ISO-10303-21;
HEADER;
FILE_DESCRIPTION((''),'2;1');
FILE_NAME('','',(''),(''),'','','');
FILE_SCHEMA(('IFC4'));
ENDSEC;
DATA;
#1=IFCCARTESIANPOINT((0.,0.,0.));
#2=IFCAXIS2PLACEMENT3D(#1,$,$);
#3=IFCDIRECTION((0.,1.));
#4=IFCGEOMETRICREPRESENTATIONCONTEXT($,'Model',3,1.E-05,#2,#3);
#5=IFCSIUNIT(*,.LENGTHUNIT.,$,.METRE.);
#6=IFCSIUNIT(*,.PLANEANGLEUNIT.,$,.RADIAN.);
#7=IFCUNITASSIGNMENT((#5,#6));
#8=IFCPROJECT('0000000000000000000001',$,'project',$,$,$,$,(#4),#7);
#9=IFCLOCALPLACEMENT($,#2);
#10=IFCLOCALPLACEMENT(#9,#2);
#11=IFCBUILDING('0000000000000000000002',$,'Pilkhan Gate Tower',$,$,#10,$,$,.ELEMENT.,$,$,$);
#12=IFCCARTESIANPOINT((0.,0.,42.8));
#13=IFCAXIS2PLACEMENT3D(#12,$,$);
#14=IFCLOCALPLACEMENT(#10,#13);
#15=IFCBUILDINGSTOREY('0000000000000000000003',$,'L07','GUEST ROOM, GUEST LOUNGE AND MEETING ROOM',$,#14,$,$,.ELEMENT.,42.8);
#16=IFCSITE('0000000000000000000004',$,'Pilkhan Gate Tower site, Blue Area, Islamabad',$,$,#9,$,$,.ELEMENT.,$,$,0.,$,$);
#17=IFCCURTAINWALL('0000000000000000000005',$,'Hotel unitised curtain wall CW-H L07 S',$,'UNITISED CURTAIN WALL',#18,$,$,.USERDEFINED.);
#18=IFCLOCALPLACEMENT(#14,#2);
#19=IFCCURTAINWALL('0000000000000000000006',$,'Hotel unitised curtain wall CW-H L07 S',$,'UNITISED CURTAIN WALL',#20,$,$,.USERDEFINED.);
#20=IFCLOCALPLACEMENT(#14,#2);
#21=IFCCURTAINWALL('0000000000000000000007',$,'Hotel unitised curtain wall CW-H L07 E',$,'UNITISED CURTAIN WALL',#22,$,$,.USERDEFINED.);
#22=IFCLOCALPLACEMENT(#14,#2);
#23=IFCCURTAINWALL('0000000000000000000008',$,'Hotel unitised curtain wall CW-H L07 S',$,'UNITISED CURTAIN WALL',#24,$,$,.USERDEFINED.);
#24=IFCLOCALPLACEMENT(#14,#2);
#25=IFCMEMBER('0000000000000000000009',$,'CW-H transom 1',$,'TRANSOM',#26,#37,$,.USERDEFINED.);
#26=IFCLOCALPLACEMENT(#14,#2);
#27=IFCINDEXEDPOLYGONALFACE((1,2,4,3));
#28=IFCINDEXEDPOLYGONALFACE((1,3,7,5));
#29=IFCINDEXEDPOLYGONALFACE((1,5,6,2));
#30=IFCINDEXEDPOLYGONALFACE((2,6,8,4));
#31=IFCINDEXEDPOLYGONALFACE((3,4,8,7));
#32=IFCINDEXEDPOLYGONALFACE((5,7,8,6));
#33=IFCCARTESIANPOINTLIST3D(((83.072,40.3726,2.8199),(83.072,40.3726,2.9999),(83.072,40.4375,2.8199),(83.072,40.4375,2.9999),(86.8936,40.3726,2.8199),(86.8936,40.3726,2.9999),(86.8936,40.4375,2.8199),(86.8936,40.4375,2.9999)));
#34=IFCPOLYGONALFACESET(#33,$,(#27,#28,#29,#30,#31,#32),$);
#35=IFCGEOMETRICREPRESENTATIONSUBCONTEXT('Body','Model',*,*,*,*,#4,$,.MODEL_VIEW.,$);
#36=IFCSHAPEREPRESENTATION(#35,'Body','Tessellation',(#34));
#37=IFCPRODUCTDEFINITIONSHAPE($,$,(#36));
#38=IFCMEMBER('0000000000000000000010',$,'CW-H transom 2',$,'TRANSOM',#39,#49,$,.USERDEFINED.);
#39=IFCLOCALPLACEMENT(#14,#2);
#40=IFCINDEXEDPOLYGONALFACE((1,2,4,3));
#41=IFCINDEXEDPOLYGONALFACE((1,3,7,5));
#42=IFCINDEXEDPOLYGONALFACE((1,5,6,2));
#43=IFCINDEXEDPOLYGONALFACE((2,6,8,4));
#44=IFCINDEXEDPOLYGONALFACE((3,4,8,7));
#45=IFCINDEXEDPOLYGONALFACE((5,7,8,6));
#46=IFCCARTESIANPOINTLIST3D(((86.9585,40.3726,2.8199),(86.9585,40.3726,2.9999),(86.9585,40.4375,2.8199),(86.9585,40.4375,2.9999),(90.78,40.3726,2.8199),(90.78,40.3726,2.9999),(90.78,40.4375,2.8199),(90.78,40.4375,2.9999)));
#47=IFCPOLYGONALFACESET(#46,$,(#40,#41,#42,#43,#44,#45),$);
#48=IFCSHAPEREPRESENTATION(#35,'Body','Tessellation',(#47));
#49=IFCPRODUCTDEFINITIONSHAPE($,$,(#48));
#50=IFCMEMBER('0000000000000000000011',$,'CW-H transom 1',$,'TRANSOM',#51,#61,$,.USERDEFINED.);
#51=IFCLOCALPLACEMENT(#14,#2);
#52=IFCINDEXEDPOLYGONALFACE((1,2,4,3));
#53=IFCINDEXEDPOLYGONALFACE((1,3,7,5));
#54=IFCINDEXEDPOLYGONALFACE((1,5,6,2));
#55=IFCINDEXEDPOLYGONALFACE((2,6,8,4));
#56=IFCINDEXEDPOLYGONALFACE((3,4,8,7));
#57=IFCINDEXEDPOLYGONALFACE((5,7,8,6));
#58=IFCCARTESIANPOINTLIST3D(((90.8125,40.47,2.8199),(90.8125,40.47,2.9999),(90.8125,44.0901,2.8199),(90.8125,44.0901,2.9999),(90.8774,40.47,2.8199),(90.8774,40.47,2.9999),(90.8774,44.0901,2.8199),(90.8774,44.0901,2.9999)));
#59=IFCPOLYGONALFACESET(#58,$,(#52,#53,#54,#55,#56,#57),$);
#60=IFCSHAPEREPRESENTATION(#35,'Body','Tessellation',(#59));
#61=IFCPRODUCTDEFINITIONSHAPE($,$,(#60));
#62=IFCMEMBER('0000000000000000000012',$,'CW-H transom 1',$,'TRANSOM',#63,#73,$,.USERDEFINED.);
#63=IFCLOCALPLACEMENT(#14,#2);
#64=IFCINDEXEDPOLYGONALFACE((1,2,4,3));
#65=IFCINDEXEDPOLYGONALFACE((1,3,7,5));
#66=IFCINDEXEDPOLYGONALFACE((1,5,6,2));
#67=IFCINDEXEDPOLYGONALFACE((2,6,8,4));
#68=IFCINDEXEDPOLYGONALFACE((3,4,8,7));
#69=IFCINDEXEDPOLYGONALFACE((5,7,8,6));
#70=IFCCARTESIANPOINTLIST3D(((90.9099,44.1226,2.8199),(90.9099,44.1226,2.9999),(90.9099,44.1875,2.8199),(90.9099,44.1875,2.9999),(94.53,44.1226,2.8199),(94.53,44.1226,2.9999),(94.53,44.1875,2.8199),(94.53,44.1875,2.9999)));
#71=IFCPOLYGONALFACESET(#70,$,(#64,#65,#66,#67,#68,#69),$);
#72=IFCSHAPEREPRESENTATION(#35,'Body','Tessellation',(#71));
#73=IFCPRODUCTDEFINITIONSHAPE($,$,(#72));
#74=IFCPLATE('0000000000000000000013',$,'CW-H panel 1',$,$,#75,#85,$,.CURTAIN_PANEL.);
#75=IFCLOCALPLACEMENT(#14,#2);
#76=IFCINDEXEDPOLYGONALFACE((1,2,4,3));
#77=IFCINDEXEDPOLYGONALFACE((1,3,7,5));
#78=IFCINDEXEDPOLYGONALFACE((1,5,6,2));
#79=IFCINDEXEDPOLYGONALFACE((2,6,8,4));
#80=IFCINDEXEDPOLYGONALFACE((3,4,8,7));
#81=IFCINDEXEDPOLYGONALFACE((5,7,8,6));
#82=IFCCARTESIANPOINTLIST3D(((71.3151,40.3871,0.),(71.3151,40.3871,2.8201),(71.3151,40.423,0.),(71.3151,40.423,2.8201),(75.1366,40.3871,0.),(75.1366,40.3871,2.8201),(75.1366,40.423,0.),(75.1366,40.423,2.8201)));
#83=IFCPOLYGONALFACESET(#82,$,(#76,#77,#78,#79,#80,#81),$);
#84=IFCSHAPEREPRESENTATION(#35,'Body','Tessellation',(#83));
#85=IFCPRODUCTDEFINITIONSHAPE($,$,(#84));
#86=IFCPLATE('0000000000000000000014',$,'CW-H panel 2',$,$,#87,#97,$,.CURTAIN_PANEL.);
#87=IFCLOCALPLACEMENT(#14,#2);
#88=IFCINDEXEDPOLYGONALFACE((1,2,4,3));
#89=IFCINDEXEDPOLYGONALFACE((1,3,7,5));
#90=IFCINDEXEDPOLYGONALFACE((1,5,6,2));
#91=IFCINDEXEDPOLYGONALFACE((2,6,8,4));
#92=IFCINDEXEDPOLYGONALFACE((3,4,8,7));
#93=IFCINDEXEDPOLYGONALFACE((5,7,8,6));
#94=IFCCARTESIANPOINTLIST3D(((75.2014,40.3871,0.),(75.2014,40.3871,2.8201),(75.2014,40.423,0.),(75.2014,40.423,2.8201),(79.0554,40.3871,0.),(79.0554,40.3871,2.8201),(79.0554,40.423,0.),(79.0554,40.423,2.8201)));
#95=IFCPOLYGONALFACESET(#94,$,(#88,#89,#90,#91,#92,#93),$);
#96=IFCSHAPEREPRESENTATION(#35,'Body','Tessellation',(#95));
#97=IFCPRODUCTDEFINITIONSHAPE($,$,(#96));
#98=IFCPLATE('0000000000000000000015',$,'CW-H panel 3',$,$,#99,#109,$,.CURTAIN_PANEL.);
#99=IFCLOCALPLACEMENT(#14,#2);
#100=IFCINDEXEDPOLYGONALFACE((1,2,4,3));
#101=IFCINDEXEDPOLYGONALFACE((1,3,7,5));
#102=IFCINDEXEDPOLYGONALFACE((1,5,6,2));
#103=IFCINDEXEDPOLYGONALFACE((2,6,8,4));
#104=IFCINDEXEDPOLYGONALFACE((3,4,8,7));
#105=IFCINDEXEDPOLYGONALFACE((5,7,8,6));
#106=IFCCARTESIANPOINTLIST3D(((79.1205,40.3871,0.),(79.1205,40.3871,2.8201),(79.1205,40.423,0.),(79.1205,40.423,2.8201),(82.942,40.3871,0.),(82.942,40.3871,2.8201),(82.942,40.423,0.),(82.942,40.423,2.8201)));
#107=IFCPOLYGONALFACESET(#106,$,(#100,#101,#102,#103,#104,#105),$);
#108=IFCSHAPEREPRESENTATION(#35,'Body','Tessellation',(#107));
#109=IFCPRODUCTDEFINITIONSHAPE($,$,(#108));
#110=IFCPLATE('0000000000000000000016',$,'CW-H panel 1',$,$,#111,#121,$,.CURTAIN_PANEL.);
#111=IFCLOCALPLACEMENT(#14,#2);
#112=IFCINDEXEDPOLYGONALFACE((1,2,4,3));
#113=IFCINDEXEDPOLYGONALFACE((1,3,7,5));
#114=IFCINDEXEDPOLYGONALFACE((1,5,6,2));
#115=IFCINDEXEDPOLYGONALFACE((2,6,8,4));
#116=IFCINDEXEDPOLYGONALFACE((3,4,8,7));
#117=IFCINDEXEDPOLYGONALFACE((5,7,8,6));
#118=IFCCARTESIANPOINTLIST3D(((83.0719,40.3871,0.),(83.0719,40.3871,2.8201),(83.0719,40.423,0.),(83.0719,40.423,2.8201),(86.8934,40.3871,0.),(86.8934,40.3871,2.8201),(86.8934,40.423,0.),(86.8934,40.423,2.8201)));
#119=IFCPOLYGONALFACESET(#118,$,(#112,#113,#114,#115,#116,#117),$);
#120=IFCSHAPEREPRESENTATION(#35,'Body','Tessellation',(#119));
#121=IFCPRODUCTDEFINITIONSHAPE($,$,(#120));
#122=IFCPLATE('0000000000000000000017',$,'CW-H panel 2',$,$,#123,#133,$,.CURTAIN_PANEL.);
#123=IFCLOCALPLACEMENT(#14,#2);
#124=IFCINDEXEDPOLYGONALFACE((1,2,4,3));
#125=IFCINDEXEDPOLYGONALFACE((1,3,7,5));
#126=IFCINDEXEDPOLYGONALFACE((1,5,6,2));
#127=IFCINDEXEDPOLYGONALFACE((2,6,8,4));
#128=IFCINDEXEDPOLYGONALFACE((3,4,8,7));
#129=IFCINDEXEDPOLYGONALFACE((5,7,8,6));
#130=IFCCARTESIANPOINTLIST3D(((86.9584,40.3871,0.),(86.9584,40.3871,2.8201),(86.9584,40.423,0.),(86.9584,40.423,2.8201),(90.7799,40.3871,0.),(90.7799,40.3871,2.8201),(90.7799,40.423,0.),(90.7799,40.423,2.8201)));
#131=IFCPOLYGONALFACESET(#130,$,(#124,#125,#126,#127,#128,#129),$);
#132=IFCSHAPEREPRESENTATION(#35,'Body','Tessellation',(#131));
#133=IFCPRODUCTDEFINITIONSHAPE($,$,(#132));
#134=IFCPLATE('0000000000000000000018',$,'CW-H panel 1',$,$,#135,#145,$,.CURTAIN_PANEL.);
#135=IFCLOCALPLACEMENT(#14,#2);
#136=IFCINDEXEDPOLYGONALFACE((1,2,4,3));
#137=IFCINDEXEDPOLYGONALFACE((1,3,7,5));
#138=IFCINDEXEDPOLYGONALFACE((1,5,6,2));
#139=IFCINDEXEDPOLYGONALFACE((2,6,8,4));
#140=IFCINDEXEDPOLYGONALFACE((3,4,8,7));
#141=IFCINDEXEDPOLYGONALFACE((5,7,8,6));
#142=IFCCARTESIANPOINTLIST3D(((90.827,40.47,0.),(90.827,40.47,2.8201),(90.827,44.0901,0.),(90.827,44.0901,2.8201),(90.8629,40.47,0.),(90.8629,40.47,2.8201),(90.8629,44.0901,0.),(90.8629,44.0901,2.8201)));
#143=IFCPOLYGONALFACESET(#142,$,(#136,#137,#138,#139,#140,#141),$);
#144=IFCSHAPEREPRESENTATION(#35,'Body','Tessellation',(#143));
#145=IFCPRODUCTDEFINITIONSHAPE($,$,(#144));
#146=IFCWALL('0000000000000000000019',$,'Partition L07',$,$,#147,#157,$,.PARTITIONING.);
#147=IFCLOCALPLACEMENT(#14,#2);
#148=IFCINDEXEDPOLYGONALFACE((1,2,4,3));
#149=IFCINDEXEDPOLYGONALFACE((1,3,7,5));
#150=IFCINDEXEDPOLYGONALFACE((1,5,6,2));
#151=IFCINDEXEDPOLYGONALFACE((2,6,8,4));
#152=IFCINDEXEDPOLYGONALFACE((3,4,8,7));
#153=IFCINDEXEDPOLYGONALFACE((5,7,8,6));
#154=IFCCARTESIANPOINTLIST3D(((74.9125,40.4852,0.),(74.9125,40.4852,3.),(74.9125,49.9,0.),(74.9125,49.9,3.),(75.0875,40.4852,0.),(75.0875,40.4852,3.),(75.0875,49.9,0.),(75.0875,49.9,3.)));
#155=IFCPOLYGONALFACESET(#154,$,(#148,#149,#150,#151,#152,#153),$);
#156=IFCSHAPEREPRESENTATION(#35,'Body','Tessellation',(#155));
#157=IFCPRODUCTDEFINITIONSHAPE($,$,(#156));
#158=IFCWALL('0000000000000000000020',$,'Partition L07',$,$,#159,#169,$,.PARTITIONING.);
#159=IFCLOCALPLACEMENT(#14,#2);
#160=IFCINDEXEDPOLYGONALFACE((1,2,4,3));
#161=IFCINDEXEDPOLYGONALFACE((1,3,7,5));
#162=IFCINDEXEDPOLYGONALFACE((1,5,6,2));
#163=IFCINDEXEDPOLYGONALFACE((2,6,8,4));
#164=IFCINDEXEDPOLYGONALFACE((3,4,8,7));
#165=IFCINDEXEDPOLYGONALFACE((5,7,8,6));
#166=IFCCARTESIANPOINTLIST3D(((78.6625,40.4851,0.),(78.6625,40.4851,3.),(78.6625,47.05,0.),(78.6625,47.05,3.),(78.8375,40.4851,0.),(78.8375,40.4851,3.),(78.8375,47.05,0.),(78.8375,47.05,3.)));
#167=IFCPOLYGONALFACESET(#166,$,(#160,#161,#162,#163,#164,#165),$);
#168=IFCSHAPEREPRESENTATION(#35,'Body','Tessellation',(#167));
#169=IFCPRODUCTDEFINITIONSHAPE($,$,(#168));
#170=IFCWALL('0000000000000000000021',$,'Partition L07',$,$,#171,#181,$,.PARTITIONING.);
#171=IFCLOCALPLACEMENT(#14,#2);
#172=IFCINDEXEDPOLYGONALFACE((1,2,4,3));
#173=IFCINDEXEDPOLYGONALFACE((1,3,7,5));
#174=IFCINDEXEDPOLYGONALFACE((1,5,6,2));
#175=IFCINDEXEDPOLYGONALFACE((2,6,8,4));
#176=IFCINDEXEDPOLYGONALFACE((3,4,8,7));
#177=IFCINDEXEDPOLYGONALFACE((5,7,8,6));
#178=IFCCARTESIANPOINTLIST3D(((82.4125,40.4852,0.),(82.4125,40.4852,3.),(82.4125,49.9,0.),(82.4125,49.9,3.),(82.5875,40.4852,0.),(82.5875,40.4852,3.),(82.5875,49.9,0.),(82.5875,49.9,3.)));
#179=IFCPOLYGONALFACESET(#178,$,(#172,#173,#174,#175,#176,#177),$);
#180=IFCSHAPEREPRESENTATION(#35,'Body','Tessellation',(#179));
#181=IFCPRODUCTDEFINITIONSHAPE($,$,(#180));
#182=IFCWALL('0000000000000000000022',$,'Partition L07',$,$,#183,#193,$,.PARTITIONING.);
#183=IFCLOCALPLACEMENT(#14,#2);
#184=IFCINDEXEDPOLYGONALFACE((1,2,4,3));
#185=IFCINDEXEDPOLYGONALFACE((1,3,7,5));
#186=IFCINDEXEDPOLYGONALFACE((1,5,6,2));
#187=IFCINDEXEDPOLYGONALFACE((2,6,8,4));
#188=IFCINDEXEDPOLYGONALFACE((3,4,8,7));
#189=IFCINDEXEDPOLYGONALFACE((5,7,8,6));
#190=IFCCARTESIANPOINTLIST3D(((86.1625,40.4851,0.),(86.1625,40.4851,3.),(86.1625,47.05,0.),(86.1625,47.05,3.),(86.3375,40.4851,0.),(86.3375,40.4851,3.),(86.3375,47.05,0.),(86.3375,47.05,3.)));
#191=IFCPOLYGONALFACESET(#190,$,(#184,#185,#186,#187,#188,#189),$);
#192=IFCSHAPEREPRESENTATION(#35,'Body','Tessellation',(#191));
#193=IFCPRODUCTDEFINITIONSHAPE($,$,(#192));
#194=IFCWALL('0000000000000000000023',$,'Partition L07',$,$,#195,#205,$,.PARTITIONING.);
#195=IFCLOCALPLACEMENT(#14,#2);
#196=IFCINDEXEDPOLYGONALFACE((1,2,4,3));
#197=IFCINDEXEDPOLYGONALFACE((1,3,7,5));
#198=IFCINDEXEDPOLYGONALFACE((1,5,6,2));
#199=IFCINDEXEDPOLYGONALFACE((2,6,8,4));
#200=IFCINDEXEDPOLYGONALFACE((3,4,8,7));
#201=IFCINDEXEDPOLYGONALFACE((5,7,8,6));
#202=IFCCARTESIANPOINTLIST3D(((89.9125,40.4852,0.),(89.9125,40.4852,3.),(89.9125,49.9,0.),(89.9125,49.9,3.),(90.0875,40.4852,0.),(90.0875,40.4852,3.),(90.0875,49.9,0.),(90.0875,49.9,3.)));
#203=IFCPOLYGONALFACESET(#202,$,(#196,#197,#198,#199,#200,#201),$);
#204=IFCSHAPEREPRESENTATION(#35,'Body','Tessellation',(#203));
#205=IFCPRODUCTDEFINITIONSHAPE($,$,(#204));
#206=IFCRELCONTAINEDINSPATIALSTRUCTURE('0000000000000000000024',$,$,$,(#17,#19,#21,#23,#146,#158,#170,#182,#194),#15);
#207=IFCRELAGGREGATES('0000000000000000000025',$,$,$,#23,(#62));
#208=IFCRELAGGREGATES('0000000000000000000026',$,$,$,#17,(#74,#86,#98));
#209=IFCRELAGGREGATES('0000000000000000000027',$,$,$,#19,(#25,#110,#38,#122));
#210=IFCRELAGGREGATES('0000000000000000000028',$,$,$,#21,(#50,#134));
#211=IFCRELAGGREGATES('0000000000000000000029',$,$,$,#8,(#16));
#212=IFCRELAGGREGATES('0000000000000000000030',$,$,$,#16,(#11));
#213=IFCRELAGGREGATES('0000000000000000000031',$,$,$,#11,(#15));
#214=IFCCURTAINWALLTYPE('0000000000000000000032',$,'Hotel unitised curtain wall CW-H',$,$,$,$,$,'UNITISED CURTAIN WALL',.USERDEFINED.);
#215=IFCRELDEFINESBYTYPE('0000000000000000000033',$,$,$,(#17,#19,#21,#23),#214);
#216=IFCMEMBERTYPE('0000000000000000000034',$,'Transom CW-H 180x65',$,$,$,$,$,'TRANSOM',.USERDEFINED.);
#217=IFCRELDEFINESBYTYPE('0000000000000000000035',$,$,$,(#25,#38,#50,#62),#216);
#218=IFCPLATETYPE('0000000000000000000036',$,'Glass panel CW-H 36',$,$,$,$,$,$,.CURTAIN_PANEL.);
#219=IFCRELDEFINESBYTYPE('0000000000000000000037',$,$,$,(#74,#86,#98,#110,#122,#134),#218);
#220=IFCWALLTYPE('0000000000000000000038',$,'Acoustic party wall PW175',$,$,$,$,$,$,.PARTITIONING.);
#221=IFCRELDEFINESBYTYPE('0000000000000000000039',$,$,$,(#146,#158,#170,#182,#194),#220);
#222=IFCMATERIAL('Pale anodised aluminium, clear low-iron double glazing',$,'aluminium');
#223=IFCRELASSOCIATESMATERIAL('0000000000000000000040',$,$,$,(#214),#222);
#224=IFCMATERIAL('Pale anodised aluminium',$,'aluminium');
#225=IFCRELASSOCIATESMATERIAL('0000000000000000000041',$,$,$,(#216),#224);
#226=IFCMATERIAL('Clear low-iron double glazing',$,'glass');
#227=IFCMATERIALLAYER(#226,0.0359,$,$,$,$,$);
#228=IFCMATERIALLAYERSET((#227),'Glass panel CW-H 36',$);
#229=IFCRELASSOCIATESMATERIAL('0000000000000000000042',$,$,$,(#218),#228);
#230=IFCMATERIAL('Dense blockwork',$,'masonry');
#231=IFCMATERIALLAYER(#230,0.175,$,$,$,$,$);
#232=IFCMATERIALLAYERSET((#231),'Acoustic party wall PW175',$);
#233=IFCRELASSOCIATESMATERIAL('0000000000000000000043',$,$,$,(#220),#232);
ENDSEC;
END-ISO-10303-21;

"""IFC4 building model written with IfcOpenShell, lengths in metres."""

from ifc_helpers import new_model, si_unit, direction, frame, frame_2d, origin, origin_2d, place, context, subcontext, project, spatial, rectangle, extrude, material, layer, layer_set, material_profile, profile_set, type_object, element, aggregate, save


model = new_model("IFC4")

# Units and contexts
model_context = context("Model", 3, precision=1e-05, world=origin(), true_north=direction((0.0, 1.0)))
body_context = subcontext(model_context, "Body", "Model", "MODEL_VIEW")
ifc_project = project(units=[si_unit("LENGTHUNIT", "METRE"), si_unit("PLANEANGLEUNIT", "RADIAN")], contexts=[model_context])

# Site, building, storey
site_placement = place(None, origin())
site = spatial("IfcSite", under=ifc_project, at=site_placement, Name="Pilkhan Gate Tower site, Blue Area, Islamabad", CompositionType="ELEMENT", RefElevation=0.0)
building_placement = place(site_placement, origin())
building = spatial("IfcBuilding", under=site, at=building_placement, Name="Pilkhan Gate Tower", CompositionType="ELEMENT")
storey_placement = place(building_placement, frame((0.0, 0.0, 42.8)))
storey = spatial("IfcBuildingStorey", under=building, at=storey_placement, Name="L07", Description="GUEST ROOM, GUEST LOUNGE AND MEETING ROOM", CompositionType="ELEMENT", Elevation=42.8)

# Curtain walls
ifc_material_1 = material(Name="Pale anodised aluminium, clear low-iron double glazing", Category="aluminium")
curtain_wall_type = type_object("IfcCurtainWallType", Name="Hotel unitised curtain wall CW-H", ElementType="UNITISED CURTAIN WALL", PredefinedType="USERDEFINED", material=ifc_material_1)
curtain_wall_1_placement = place(storey_placement, origin())
curtain_wall_1 = element("IfcCurtainWall", 1, at=curtain_wall_1_placement, inside=storey, type_object=curtain_wall_type, Name="Hotel unitised curtain wall CW-H L07 S", ObjectType="UNITISED CURTAIN WALL", PredefinedType="USERDEFINED")
ifc_material_2 = material(Name="Pale anodised aluminium", Category="aluminium")
curtain_wall_2_placement = place(storey_placement, origin())
curtain_wall_2 = element("IfcCurtainWall", 2, at=curtain_wall_2_placement, inside=storey, type_object=curtain_wall_type, Name="Hotel unitised curtain wall CW-H L07 S", ObjectType="UNITISED CURTAIN WALL", PredefinedType="USERDEFINED")
curtain_wall_3_placement = place(storey_placement, origin())
curtain_wall_3 = element("IfcCurtainWall", 3, at=curtain_wall_3_placement, inside=storey, type_object=curtain_wall_type, Name="Hotel unitised curtain wall CW-H L07 E", ObjectType="UNITISED CURTAIN WALL", PredefinedType="USERDEFINED")

# Curtain wall
curtain_wall_4_placement = place(storey_placement, origin())
curtain_wall_4 = element("IfcCurtainWall", 4, at=curtain_wall_4_placement, inside=storey, type_object=curtain_wall_type, Name="Hotel unitised curtain wall CW-H L07 S", ObjectType="UNITISED CURTAIN WALL", PredefinedType="USERDEFINED")

# Members
ifc_material_profile_1 = material_profile(ifc_material_2, rectangle(XDim=0.0649, YDim=0.1799, at=origin_2d()), Name="Transom 180x65")
ifc_profile_set_1 = profile_set([ifc_material_profile_1], Name="Pale anodised aluminium")
member_type_1 = type_object("IfcMemberType", Name="Transom CW-H 180x65", ElementType="TRANSOM", PredefinedType="USERDEFINED", material=ifc_profile_set_1)
member_1_placement = place(storey_placement, frame((83.072, 40.405, 2.9099), z_axis=(1.0, 0.0, 0.0), x_axis=(0.0, 1.0, 0.0)))
member_1 = element("IfcMember", 5, at=member_1_placement, type_object=member_type_1, Name="CW-H transom 1", ObjectType="TRANSOM", PredefinedType="USERDEFINED", context=body_context, shape_type="SweptSolid", body=[
    extrude(rectangle(XDim=0.0649, YDim=0.1799, at=origin_2d()), origin(), (0.0, 0.0, 1.0), 3.8215),
])
member_2_placement = place(storey_placement, frame((86.9585, 40.405, 2.9099), z_axis=(1.0, 0.0, 0.0), x_axis=(0.0, 1.0, 0.0)))
member_2 = element("IfcMember", 6, at=member_2_placement, type_object=member_type_1, Name="CW-H transom 2", ObjectType="TRANSOM", PredefinedType="USERDEFINED", context=body_context, shape_type="SweptSolid", body=[
    extrude(rectangle(XDim=0.0649, YDim=0.1799, at=origin_2d()), origin(), (0.0, 0.0, 1.0), 3.8215),
])
member_3_placement = place(storey_placement, frame((90.845, 40.47, 2.9099), z_axis=(0.0, 1.0, 0.0), x_axis=(-1.0, 0.0, 0.0)))
member_3 = element("IfcMember", 7, at=member_3_placement, type_object=member_type_1, Name="CW-H transom 1", ObjectType="TRANSOM", PredefinedType="USERDEFINED", context=body_context, shape_type="SweptSolid", body=[
    extrude(rectangle(XDim=0.0649, YDim=0.1799, at=origin_2d()), origin(), (0.0, 0.0, 1.0), 3.6201),
])
member_4_placement = place(storey_placement, frame((90.9099, 44.155, 2.9099), z_axis=(1.0, 0.0, 0.0), x_axis=(0.0, 1.0, 0.0)))
member_4 = element("IfcMember", 8, at=member_4_placement, type_object=member_type_1, Name="CW-H transom 1", ObjectType="TRANSOM", PredefinedType="USERDEFINED", context=body_context, shape_type="SweptSolid", body=[
    extrude(rectangle(XDim=0.0649, YDim=0.1799, at=origin_2d()), origin(), (0.0, 0.0, 1.0), 3.6201),
])
aggregate(curtain_wall_4, [member_4])

# Plates
ifc_material_3 = material(Name="Clear low-iron double glazing", Category="glass")
ifc_layer_1 = layer(ifc_material_3, 0.0359)
ifc_layer_set_1 = layer_set([ifc_layer_1], Name="Glass panel CW-H 36")
plate_type = type_object("IfcPlateType", Name="Glass panel CW-H 36", PredefinedType="CURTAIN_PANEL", material=ifc_layer_set_1)
plate_1_placement = place(storey_placement, frame((73.2258, 40.405, 0.0), z_axis=(0.0, 0.0, 1.0), x_axis=(1.0, 0.0, 0.0)))
plate_1 = element("IfcPlate", 9, at=plate_1_placement, type_object=plate_type, Name="CW-H panel 1", PredefinedType="CURTAIN_PANEL", context=body_context, shape_type="SweptSolid", body=[
    extrude(rectangle(XDim=3.8215, YDim=0.0359, at=origin_2d()), origin(), (0.0, 0.0, 1.0), 2.8201),
])
plate_2_placement = place(storey_placement, frame((77.1284, 40.405, 0.0), z_axis=(0.0, 0.0, 1.0), x_axis=(1.0, 0.0, 0.0)))
plate_2 = element("IfcPlate", 10, at=plate_2_placement, type_object=plate_type, Name="CW-H panel 2", PredefinedType="CURTAIN_PANEL", context=body_context, shape_type="SweptSolid", body=[
    extrude(rectangle(XDim=3.854, YDim=0.0359, at=origin_2d()), origin(), (0.0, 0.0, 1.0), 2.8201),
])
plate_3_placement = place(storey_placement, frame((81.0312, 40.405, 0.0), z_axis=(0.0, 0.0, 1.0), x_axis=(1.0, 0.0, 0.0)))
plate_3 = element("IfcPlate", 11, at=plate_3_placement, type_object=plate_type, Name="CW-H panel 3", PredefinedType="CURTAIN_PANEL", context=body_context, shape_type="SweptSolid", body=[
    extrude(rectangle(XDim=3.8215, YDim=0.0359, at=origin_2d()), origin(), (0.0, 0.0, 1.0), 2.8201),
])
aggregate(curtain_wall_1, [plate_1, plate_2, plate_3])
plate_4_placement = place(storey_placement, frame((84.9827, 40.405, 0.0), z_axis=(0.0, 0.0, 1.0), x_axis=(1.0, 0.0, 0.0)))
plate_4 = element("IfcPlate", 12, at=plate_4_placement, type_object=plate_type, Name="CW-H panel 1", PredefinedType="CURTAIN_PANEL", context=body_context, shape_type="SweptSolid", body=[
    extrude(rectangle(XDim=3.8215, YDim=0.0359, at=origin_2d()), origin(), (0.0, 0.0, 1.0), 2.8201),
])
plate_5_placement = place(storey_placement, frame((88.8691, 40.405, 0.0), z_axis=(0.0, 0.0, 1.0), x_axis=(1.0, 0.0, 0.0)))
plate_5 = element("IfcPlate", 13, at=plate_5_placement, type_object=plate_type, Name="CW-H panel 2", PredefinedType="CURTAIN_PANEL", context=body_context, shape_type="SweptSolid", body=[
    extrude(rectangle(XDim=3.8215, YDim=0.0359, at=origin_2d()), origin(), (0.0, 0.0, 1.0), 2.8201),
])
aggregate(curtain_wall_2, [member_1, plate_4, member_2, plate_5])
plate_6_placement = place(storey_placement, frame((90.845, 42.28, 0.0), z_axis=(0.0, 0.0, 1.0), x_axis=(0.0, 1.0, 0.0)))
plate_6 = element("IfcPlate", 14, at=plate_6_placement, type_object=plate_type, Name="CW-H panel 1", PredefinedType="CURTAIN_PANEL", context=body_context, shape_type="SweptSolid", body=[
    extrude(rectangle(XDim=3.6201, YDim=0.0359, at=origin_2d()), origin(), (0.0, 0.0, 1.0), 2.8201),
])
aggregate(curtain_wall_3, [member_3, plate_6])

# Walls
ifc_material_4 = material(Name="Dense blockwork", Category="masonry")
ifc_layer_2 = layer(ifc_material_4, 0.175)
ifc_layer_set_2 = layer_set([ifc_layer_2], Name="Acoustic party wall PW175")
wall_type_1 = type_object("IfcWallType", Name="Acoustic party wall PW175", PredefinedType="PARTITIONING", material=ifc_layer_set_2)
wall_1_placement = place(storey_placement, frame((75.0, 40.4851, 0.0), z_axis=(0.0, 0.0, 1.0), x_axis=(0.0, 1.0, 0.0)))
element("IfcWall", 15, at=wall_1_placement, inside=storey, type_object=wall_type_1, Name="Partition L07", PredefinedType="PARTITIONING", context=body_context, shape_type="SweptSolid", body=[
    extrude(rectangle(XDim=9.4148, YDim=0.175, at=frame_2d((4.7075, 0.0))), origin(), (0.0, 0.0, 1.0), 3.0),
])
wall_2_placement = place(storey_placement, frame((78.75, 40.4851, 0.0), z_axis=(0.0, 0.0, 1.0), x_axis=(0.0, 1.0, 0.0)))
element("IfcWall", 16, at=wall_2_placement, inside=storey, type_object=wall_type_1, Name="Partition L07", PredefinedType="PARTITIONING", context=body_context, shape_type="SweptSolid", body=[
    extrude(rectangle(XDim=6.5649, YDim=0.175, at=frame_2d((3.2825, 0.0))), origin(), (0.0, 0.0, 1.0), 3.0),
])
wall_3_placement = place(storey_placement, frame((82.5, 40.4851, 0.0), z_axis=(0.0, 0.0, 1.0), x_axis=(0.0, 1.0, 0.0)))
element("IfcWall", 17, at=wall_3_placement, inside=storey, type_object=wall_type_1, Name="Partition L07", PredefinedType="PARTITIONING", context=body_context, shape_type="SweptSolid", body=[
    extrude(rectangle(XDim=9.4148, YDim=0.175, at=frame_2d((4.7075, 0.0))), origin(), (0.0, 0.0, 1.0), 3.0),
])
wall_4_placement = place(storey_placement, frame((86.25, 40.4851, 0.0), z_axis=(0.0, 0.0, 1.0), x_axis=(0.0, 1.0, 0.0)))
element("IfcWall", 18, at=wall_4_placement, inside=storey, type_object=wall_type_1, Name="Partition L07", PredefinedType="PARTITIONING", context=body_context, shape_type="SweptSolid", body=[
    extrude(rectangle(XDim=6.5649, YDim=0.175, at=frame_2d((3.2825, 0.0))), origin(), (0.0, 0.0, 1.0), 3.0),
])
wall_5_placement = place(storey_placement, frame((90.0, 40.4851, 0.0), z_axis=(0.0, 0.0, 1.0), x_axis=(0.0, 1.0, 0.0)))
element("IfcWall", 19, at=wall_5_placement, inside=storey, type_object=wall_type_1, Name="Partition L07", PredefinedType="PARTITIONING", context=body_context, shape_type="SweptSolid", body=[
    extrude(rectangle(XDim=9.4148, YDim=0.175, at=frame_2d((4.7075, 0.0))), origin(), (0.0, 0.0, 1.0), 3.0),
])

save(model, "model.ifc")
